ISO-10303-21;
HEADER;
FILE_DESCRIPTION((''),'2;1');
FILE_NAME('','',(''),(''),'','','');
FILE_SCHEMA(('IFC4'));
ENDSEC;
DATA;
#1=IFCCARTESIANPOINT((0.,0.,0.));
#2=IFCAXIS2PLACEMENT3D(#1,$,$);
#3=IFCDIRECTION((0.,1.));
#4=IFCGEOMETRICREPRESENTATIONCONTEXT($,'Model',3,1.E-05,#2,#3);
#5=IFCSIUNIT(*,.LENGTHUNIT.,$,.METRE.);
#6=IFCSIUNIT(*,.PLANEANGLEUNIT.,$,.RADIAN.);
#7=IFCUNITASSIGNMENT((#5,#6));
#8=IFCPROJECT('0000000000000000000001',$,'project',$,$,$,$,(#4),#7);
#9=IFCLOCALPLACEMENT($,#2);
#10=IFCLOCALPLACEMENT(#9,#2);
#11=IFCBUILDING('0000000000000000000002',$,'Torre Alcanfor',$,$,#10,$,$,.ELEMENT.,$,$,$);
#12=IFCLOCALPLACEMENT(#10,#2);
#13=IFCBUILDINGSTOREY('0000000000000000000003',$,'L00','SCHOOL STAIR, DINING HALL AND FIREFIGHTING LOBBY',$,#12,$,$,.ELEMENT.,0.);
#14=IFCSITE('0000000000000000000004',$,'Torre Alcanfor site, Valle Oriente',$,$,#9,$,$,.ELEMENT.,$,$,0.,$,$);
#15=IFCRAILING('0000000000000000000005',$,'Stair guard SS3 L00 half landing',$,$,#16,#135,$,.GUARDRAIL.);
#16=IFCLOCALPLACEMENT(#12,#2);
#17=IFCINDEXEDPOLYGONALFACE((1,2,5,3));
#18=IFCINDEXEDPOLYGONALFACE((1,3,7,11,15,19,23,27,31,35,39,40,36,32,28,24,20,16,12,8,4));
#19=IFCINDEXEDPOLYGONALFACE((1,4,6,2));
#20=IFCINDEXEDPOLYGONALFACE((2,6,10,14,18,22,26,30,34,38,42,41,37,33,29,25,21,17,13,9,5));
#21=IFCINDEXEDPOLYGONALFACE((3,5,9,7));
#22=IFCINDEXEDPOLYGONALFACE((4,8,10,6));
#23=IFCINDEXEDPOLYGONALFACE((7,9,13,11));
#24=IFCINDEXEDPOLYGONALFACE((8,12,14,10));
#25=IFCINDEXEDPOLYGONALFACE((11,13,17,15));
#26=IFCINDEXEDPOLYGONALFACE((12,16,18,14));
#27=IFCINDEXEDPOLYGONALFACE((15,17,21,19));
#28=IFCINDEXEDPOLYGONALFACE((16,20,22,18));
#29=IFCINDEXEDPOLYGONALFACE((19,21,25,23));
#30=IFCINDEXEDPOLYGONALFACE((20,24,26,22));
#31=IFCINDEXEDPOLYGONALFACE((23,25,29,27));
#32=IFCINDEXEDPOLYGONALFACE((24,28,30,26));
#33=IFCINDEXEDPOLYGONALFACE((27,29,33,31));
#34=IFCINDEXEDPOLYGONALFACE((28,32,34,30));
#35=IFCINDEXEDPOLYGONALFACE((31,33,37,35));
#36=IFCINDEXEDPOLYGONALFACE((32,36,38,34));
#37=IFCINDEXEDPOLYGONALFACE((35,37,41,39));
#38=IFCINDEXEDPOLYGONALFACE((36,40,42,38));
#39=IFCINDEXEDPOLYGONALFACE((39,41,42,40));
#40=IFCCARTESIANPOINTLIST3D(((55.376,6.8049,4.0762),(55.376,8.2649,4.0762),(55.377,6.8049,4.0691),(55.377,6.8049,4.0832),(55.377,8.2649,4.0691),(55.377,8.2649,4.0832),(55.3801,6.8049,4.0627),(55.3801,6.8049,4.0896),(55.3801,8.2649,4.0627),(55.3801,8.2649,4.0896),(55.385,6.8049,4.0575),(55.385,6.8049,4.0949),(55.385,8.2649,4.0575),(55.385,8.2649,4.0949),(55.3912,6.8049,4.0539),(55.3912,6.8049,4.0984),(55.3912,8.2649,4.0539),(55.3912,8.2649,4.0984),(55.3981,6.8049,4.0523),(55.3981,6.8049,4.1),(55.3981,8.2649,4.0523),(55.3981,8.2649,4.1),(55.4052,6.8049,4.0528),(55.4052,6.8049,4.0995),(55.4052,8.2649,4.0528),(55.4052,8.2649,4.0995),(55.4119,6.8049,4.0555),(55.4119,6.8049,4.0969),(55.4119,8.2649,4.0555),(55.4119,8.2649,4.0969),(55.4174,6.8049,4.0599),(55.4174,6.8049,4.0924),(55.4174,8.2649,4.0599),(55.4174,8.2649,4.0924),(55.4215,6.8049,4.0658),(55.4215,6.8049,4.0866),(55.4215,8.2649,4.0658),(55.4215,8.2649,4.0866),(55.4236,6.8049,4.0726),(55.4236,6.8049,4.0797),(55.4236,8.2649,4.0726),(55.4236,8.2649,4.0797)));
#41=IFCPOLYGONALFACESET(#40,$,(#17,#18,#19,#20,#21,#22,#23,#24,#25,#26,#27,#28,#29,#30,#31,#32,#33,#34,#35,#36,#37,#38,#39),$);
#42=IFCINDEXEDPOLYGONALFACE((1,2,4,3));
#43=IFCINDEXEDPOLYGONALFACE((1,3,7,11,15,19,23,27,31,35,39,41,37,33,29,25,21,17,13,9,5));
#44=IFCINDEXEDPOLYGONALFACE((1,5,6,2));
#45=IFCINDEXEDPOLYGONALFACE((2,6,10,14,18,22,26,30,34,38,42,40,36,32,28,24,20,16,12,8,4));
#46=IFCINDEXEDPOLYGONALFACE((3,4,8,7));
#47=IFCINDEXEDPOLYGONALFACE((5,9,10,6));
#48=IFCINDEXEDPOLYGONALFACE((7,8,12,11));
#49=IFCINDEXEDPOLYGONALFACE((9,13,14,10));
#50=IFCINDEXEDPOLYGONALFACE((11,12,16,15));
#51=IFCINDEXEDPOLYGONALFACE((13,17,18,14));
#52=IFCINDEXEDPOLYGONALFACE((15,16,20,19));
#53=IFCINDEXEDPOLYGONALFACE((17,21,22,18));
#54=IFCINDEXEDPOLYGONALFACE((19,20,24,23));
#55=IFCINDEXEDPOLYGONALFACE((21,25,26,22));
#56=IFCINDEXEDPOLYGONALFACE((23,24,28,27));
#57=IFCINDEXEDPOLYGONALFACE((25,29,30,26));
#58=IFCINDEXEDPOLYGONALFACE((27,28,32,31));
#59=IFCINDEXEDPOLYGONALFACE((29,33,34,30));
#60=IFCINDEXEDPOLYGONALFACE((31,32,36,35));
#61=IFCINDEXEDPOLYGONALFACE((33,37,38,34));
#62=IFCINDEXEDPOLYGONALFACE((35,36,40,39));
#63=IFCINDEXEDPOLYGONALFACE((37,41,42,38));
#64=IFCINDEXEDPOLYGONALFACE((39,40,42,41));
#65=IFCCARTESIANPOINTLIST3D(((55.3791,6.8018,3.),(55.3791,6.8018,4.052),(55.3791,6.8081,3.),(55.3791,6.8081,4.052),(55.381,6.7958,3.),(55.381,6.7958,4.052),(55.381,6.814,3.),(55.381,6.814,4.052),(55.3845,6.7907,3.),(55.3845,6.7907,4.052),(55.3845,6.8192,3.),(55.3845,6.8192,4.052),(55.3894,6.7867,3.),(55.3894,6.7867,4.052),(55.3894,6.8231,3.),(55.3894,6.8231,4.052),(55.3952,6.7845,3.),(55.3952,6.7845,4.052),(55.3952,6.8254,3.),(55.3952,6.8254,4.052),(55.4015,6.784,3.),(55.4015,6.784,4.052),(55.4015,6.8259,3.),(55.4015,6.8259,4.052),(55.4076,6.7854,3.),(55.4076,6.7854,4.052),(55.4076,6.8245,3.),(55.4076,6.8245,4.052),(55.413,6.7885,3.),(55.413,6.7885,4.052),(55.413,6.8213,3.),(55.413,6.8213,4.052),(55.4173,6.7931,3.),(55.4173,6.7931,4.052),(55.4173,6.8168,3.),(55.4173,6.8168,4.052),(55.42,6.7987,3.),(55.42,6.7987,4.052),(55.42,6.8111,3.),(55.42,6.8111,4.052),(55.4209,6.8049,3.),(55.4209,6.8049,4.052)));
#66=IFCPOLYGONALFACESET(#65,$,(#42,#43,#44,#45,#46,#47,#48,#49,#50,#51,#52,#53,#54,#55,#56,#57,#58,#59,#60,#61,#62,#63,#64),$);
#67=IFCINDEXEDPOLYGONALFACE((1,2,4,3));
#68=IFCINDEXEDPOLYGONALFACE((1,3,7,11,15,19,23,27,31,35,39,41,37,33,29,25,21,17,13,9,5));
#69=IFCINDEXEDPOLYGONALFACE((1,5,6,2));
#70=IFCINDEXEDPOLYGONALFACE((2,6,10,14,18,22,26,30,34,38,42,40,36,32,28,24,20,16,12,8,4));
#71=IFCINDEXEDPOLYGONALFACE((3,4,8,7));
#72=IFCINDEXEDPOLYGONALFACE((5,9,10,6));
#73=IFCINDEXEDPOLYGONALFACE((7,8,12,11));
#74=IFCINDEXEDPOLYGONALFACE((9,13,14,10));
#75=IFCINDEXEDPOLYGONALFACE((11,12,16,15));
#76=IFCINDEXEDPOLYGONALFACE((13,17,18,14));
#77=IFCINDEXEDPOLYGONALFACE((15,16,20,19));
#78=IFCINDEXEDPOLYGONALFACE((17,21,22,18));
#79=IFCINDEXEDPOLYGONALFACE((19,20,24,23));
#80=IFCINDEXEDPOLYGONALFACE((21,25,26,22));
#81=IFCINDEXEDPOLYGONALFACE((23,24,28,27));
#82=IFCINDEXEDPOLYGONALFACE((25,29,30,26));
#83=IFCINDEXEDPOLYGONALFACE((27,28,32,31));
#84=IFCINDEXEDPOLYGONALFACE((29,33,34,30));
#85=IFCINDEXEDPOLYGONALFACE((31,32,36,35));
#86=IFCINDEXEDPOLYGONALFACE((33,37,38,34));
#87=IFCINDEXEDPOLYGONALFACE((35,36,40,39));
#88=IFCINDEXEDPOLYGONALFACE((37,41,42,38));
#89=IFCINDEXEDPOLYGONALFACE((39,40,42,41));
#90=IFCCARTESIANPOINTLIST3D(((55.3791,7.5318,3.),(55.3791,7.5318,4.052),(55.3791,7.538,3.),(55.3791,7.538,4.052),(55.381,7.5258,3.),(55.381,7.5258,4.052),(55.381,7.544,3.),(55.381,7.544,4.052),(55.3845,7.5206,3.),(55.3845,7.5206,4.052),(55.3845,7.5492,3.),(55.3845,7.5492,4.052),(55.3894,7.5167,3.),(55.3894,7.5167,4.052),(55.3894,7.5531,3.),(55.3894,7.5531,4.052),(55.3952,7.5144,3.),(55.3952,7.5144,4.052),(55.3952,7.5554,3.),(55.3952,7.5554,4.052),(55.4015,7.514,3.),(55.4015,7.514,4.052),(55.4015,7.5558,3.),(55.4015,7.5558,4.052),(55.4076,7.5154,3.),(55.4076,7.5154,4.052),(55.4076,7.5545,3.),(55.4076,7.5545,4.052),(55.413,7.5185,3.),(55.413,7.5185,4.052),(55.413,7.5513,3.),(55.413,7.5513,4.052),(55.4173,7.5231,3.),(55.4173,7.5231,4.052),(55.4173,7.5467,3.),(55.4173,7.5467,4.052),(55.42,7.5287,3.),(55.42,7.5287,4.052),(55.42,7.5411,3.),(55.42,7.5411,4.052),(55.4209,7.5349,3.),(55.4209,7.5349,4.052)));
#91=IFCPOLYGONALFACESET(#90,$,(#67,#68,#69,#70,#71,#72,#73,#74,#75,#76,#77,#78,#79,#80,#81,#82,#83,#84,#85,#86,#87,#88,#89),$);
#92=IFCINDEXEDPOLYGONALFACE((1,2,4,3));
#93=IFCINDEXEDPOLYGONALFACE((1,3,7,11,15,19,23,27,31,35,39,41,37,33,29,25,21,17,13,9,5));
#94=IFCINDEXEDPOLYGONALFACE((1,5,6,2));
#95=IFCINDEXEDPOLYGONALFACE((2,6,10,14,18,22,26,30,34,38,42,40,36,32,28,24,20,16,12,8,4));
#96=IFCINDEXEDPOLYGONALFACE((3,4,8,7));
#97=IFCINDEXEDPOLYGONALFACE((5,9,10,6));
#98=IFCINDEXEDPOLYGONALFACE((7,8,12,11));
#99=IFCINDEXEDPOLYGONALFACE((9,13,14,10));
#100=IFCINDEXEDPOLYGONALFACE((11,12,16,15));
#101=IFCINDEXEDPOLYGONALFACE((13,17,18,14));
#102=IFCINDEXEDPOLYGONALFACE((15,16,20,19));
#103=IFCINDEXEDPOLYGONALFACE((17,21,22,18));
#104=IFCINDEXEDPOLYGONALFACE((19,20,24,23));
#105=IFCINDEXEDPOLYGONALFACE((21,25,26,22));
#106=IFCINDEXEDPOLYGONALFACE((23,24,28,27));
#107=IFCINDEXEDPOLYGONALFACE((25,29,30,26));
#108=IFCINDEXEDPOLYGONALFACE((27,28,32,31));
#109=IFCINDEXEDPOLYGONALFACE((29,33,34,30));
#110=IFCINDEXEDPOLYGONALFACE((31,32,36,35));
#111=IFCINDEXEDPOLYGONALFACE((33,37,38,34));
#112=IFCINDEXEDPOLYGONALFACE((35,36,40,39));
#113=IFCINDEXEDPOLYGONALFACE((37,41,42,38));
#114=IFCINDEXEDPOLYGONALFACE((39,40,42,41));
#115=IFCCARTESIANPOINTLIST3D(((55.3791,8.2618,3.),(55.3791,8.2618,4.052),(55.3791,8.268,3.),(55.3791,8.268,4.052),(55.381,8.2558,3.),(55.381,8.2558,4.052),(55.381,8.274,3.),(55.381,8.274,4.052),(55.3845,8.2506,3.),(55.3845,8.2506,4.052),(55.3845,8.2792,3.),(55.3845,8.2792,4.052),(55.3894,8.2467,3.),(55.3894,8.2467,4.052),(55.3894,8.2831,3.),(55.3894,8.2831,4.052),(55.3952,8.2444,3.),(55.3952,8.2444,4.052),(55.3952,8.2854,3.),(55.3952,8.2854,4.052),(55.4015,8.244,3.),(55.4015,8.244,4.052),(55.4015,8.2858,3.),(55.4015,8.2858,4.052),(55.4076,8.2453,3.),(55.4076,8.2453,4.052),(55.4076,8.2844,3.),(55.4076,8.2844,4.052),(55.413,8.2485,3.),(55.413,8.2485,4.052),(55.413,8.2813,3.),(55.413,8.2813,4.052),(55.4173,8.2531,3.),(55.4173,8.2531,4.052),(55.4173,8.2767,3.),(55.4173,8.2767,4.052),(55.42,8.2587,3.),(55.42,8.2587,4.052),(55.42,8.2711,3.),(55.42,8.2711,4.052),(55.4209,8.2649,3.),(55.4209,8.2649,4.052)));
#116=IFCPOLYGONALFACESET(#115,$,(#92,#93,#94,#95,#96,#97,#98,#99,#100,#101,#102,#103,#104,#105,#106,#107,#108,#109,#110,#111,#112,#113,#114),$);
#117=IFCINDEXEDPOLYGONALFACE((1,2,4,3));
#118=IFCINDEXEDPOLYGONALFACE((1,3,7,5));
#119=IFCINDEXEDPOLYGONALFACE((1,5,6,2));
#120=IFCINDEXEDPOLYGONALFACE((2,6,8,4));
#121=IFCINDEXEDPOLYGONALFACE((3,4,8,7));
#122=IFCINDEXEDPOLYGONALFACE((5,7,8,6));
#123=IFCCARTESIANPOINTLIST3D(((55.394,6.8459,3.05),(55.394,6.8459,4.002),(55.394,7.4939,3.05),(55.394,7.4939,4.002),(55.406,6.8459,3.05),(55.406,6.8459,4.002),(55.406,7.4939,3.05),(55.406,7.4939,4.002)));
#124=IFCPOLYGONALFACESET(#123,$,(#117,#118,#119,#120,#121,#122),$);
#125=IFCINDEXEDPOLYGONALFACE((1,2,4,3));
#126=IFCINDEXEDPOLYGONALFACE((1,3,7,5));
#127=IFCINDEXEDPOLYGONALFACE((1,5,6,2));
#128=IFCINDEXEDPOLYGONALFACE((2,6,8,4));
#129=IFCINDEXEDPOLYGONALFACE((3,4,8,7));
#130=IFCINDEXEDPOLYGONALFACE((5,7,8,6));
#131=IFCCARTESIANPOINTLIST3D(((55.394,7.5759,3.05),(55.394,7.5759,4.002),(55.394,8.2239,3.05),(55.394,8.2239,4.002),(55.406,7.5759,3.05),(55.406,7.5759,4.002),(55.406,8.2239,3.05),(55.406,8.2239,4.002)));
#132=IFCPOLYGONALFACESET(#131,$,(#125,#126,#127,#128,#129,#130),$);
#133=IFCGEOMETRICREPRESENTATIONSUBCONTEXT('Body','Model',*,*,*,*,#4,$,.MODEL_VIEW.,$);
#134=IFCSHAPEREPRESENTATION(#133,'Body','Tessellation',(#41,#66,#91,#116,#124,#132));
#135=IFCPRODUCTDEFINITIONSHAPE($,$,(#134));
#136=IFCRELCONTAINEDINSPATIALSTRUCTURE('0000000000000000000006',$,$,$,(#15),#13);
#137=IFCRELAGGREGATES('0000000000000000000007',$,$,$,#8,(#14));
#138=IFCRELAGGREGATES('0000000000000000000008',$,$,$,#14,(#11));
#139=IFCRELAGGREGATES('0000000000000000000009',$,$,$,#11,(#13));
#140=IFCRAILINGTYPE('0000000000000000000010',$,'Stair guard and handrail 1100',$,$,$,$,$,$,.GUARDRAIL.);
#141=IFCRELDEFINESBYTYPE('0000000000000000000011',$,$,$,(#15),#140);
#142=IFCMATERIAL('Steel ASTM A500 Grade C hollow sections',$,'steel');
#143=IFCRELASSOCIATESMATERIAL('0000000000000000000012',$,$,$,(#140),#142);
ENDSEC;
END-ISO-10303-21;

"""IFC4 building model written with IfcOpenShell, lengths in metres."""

from ifc_helpers import new_model, si_unit, direction, frame, origin, origin_2d, place, context, subcontext, project, spatial, polyline, circle, outline, extrude, material, type_object, element, save


model = new_model("IFC4")

# Units and contexts
model_context = context("Model", 3, precision=1e-05, world=origin(), true_north=direction((0.0, 1.0)))
body_context = subcontext(model_context, "Body", "Model", "MODEL_VIEW")
ifc_project = project(units=[si_unit("LENGTHUNIT", "METRE"), si_unit("PLANEANGLEUNIT", "RADIAN")], contexts=[model_context])

# Site, building, storey
site_placement = place(None, origin())
site = spatial("IfcSite", under=ifc_project, at=site_placement, Name="Torre Alcanfor site, Valle Oriente", CompositionType="ELEMENT", RefElevation=0.0)
building_placement = place(site_placement, origin())
building = spatial("IfcBuilding", under=site, at=building_placement, Name="Torre Alcanfor", CompositionType="ELEMENT")
storey_placement = place(building_placement, origin())
storey = spatial("IfcBuildingStorey", under=building, at=storey_placement, Name="L00", Description="SCHOOL STAIR, DINING HALL AND FIREFIGHTING LOBBY", CompositionType="ELEMENT", Elevation=0.0)

# Railing
ifc_material_1 = material(Name="Steel ASTM A500 Grade C hollow sections", Category="steel")
railing_type_1 = type_object("IfcRailingType", Name="Stair guard and handrail 1100", PredefinedType="GUARDRAIL", material=ifc_material_1)
railing_1_placement = place(storey_placement, frame((55.3999, 6.8049, 3.0)))
element("IfcRailing", 1, at=railing_1_placement, inside=storey, type_object=railing_type_1, Name="Stair guard SS3 L00 half landing", PredefinedType="GUARDRAIL", context=body_context, shape_type="SweptSolid", body=[
    extrude(circle(Radius=0.0239, at=origin_2d()), frame((0.0, 0.0, 1.0762), z_axis=(0.0, 1.0, 0.0), x_axis=(-1.0, 0.0, 0.0)), (0.0, 0.0, 1.0), 1.46),
    extrude(circle(Radius=0.021, at=origin_2d()), origin(), (0.0, 0.0, 1.0), 1.052),
    extrude(circle(Radius=0.021, at=origin_2d()), frame((0.0, 0.73, 0.0)), (0.0, 0.0, 1.0), 1.052),
    extrude(circle(Radius=0.021, at=origin_2d()), frame((0.0, 1.46, 0.0)), (0.0, 0.0, 1.0), 1.052),
    extrude(outline(polyline([(0.041, 0.05), (0.689, 0.05), (0.689, 1.002), (0.041, 1.002), (0.041, 0.05)])), frame((-0.0059, 0.0, 0.0), z_axis=(1.0, 0.0, 0.0), x_axis=(0.0, 1.0, 0.0)), (0.0, 0.0, 1.0), 0.012),
    extrude(outline(polyline([(0.771, 0.05), (1.4189, 0.05), (1.4189, 1.002), (0.771, 1.002), (0.771, 0.05)])), frame((-0.0059, 0.0, 0.0), z_axis=(1.0, 0.0, 0.0), x_axis=(0.0, 1.0, 0.0)), (0.0, 0.0, 1.0), 0.012),
])

save(model, "model.ifc")
